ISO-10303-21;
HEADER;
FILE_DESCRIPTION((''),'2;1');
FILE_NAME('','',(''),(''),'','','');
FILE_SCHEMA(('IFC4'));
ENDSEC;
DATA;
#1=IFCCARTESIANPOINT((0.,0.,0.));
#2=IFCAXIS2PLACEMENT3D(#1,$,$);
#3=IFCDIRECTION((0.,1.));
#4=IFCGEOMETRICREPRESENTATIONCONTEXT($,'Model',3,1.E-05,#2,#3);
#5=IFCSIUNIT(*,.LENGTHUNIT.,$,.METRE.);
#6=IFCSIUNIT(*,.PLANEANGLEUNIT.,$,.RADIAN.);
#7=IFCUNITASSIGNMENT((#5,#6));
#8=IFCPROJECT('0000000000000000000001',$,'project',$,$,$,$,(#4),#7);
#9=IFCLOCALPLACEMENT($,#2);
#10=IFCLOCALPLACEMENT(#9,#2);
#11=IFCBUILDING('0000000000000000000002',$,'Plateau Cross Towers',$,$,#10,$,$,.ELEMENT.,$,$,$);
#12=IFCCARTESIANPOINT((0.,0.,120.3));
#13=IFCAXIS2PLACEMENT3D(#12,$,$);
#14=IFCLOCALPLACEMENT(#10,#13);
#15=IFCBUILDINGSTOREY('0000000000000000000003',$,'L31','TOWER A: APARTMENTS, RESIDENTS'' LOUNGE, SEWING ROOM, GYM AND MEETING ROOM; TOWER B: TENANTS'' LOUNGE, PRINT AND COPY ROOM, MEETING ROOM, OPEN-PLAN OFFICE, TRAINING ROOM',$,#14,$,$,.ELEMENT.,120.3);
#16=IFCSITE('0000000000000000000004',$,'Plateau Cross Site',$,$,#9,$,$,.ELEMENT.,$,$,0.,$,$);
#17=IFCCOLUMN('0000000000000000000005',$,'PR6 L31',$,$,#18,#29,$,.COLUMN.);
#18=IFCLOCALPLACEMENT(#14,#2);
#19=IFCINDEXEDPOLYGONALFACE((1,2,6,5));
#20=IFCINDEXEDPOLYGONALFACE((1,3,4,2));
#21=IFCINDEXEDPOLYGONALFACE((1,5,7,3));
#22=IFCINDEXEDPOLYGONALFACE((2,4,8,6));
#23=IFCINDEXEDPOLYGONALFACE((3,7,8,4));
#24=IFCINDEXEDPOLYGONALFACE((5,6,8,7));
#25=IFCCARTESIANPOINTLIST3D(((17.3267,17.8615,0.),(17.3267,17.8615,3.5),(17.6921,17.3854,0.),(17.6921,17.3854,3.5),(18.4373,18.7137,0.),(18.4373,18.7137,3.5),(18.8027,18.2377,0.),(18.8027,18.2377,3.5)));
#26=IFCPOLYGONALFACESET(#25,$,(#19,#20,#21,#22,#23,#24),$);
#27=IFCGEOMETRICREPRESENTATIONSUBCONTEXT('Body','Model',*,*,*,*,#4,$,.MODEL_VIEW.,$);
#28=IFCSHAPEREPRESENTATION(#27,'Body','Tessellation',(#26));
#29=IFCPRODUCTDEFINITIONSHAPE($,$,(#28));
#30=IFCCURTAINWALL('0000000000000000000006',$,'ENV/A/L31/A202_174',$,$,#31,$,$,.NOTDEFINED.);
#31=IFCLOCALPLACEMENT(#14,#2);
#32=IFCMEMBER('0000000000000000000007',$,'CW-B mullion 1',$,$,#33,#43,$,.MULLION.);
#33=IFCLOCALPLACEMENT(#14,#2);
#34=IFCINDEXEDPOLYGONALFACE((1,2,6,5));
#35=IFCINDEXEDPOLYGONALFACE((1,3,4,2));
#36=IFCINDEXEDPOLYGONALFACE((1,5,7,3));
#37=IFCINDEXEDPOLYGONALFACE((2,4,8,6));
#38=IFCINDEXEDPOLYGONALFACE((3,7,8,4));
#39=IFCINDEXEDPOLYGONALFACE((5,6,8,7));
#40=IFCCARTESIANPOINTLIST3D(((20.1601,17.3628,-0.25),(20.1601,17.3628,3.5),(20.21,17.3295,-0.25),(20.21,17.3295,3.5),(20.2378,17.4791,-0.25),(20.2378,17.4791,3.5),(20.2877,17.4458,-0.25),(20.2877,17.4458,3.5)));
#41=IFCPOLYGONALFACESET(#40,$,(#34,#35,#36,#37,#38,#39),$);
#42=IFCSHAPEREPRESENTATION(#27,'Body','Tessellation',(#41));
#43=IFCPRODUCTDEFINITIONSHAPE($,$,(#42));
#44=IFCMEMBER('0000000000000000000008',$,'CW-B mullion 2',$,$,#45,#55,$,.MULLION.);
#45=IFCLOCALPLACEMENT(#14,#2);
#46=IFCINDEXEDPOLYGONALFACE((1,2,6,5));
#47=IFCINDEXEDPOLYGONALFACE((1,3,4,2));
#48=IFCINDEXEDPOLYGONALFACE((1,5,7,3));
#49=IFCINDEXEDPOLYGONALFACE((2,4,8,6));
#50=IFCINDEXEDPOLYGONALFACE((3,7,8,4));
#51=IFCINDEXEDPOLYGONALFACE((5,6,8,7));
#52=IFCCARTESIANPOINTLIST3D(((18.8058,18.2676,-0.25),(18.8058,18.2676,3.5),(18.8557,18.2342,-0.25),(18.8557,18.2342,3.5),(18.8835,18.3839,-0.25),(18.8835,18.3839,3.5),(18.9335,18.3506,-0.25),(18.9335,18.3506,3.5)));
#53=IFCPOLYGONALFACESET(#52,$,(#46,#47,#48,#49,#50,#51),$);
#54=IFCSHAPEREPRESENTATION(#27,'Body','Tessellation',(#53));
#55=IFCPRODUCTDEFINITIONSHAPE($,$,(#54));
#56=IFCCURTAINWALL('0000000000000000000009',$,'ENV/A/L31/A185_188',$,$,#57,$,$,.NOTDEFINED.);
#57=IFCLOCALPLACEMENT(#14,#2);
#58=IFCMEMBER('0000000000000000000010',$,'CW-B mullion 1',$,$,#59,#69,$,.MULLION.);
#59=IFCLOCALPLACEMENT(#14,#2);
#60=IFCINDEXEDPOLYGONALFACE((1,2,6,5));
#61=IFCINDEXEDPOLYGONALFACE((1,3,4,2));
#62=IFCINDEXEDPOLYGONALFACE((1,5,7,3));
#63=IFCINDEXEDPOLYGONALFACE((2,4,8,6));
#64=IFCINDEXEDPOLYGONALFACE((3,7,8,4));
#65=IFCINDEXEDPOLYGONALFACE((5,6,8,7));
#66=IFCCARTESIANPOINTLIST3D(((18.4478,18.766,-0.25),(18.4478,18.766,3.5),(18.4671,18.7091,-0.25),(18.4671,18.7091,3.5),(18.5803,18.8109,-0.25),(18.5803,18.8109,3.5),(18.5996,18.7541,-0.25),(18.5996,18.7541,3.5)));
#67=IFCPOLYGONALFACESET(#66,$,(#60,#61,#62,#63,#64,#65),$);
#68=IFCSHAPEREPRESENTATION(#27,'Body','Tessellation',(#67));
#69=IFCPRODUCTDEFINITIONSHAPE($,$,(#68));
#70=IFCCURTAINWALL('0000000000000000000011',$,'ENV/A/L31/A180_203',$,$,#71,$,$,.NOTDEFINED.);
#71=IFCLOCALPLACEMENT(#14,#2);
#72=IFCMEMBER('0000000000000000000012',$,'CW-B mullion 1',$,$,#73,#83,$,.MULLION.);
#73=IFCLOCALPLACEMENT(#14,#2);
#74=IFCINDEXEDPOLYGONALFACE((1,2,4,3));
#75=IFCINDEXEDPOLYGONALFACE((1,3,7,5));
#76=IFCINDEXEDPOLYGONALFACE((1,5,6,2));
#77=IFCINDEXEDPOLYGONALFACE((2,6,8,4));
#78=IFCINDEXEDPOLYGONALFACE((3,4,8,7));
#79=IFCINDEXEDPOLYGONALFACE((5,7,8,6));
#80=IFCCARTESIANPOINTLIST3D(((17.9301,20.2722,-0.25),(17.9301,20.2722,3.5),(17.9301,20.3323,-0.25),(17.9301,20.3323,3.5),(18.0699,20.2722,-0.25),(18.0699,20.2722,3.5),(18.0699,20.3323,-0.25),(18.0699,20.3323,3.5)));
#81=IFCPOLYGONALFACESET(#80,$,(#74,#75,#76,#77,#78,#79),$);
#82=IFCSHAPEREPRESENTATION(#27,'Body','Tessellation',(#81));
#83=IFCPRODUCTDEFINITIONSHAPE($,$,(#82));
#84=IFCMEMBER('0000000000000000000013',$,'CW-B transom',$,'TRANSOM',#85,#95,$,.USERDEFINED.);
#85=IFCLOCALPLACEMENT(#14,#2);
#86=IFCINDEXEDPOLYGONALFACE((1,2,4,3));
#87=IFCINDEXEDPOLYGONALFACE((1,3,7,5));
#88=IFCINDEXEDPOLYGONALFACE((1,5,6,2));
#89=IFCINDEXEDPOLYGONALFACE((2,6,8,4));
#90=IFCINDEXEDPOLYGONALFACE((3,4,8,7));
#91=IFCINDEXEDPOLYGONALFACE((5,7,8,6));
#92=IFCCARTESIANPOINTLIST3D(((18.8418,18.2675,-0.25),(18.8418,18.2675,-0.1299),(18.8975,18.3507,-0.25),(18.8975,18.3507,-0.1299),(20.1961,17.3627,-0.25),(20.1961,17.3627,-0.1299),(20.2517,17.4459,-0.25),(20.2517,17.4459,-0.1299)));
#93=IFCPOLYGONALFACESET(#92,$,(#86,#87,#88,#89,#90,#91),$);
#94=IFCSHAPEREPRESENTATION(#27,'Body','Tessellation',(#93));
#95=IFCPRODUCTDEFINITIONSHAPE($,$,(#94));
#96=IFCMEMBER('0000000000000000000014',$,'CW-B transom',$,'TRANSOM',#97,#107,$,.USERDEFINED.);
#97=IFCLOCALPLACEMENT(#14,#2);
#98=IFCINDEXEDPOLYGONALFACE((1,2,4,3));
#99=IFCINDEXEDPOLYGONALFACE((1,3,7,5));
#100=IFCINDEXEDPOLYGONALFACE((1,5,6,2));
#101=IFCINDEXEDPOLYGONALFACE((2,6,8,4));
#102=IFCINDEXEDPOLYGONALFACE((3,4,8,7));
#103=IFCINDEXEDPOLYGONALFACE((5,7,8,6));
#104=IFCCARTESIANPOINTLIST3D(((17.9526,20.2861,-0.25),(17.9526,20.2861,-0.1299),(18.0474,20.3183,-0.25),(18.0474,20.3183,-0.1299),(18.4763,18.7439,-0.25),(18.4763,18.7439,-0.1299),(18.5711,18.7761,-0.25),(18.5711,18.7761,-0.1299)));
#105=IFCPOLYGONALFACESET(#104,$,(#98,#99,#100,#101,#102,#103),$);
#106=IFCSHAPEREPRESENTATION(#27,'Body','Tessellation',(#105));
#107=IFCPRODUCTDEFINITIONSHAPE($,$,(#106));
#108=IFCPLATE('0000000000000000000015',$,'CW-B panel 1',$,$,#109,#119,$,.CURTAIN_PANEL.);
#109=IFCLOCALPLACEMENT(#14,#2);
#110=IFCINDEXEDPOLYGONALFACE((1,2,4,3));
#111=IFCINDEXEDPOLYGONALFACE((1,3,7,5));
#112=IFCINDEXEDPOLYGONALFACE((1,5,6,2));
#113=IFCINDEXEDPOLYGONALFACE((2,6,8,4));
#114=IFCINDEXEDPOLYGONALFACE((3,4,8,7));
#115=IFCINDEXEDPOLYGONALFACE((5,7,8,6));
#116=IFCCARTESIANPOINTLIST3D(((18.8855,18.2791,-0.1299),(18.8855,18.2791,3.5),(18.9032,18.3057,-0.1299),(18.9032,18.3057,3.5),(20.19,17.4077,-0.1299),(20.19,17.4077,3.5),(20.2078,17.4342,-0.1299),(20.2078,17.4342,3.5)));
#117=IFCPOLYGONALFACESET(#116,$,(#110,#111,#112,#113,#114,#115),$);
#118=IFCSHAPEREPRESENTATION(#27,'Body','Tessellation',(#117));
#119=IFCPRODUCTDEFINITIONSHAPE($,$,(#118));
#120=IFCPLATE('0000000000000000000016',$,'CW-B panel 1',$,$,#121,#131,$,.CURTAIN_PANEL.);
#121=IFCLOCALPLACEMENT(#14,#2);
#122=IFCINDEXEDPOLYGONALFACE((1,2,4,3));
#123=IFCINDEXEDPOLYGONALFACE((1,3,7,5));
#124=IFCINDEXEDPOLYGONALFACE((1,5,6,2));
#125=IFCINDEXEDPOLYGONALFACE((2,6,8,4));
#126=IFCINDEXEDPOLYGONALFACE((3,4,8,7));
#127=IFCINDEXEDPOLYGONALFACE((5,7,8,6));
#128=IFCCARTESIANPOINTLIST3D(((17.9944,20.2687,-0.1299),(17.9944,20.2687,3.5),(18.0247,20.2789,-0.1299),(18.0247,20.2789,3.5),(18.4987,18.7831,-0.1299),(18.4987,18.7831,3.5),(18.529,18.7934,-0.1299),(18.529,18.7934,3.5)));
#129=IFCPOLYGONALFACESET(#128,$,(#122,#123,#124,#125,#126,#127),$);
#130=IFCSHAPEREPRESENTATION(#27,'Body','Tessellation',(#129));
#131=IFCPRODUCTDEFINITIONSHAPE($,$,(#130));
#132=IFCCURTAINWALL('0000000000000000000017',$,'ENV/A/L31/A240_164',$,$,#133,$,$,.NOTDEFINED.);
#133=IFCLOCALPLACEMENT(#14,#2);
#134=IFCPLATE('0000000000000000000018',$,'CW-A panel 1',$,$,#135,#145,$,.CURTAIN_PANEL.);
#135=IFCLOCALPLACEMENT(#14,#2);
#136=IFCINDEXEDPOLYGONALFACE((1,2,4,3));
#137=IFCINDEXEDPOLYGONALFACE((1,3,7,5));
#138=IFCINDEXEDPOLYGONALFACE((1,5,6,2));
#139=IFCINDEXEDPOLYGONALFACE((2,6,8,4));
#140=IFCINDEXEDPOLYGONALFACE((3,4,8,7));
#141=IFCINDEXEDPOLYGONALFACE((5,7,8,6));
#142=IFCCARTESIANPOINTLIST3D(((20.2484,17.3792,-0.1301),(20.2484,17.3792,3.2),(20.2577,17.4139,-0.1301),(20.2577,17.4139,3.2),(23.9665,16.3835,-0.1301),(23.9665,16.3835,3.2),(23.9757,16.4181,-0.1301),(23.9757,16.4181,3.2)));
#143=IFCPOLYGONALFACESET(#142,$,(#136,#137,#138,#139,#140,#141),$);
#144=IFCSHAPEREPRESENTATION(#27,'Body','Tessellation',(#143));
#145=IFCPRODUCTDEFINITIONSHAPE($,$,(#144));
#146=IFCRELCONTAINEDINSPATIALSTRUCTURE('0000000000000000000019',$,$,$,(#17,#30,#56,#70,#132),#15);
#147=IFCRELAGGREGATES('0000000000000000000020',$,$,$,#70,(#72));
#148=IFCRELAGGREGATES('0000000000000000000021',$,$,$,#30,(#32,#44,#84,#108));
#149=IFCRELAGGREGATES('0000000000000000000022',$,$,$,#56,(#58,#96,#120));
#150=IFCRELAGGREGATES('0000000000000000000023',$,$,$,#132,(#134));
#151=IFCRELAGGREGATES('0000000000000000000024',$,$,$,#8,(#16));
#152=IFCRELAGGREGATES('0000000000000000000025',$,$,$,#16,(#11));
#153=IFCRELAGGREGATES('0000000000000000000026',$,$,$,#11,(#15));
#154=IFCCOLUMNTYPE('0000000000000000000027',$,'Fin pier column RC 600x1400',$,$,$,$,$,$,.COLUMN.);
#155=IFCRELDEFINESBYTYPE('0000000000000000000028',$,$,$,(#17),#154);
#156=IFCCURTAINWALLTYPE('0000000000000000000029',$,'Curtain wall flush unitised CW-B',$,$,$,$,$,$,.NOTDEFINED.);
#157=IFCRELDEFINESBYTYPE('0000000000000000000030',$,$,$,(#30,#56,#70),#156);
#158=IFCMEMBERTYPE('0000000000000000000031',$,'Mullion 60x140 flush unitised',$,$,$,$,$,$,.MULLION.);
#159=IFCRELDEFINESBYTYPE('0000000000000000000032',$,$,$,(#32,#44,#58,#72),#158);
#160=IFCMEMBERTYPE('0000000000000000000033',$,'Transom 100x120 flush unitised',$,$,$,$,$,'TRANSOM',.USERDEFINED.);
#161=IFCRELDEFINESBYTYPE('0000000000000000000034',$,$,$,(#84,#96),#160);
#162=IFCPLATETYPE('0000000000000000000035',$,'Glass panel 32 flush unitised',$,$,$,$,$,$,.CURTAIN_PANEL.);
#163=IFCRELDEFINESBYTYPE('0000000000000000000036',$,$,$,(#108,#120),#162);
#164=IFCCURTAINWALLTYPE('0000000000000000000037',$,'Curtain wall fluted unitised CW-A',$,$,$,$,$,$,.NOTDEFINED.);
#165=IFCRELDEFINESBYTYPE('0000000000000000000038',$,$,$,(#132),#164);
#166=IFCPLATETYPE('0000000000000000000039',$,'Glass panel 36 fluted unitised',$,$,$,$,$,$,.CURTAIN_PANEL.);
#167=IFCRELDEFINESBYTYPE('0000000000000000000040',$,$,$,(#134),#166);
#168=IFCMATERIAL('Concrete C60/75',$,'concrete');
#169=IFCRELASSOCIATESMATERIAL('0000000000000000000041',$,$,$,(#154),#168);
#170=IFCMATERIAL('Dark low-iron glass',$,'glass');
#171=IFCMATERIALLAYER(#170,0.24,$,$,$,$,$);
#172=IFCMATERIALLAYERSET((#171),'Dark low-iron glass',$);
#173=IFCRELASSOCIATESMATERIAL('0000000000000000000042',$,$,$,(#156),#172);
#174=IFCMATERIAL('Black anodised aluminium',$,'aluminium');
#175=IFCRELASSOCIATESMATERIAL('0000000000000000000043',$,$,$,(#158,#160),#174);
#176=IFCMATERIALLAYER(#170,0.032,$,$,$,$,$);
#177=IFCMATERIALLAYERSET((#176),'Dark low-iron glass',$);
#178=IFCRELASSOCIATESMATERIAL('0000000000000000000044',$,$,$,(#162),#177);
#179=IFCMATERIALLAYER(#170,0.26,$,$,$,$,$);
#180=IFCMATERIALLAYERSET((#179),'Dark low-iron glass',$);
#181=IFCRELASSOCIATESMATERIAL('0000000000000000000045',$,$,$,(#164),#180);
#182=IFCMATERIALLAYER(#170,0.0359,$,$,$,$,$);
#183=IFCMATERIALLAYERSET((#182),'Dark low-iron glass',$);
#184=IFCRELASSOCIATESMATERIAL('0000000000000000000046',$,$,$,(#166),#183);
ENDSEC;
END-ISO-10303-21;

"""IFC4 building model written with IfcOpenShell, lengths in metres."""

from ifc_helpers import new_model, si_unit, direction, frame, origin, origin_2d, place, context, subcontext, project, spatial, rectangle, extrude, material, layer, layer_set, material_profile, profile_set, type_object, element, aggregate, save


model = new_model("IFC4")

# Units and contexts
model_context = context("Model", 3, precision=1e-05, world=origin(), true_north=direction((0.0, 1.0)))
body_context = subcontext(model_context, "Body", "Model", "MODEL_VIEW")
ifc_project = project(units=[si_unit("LENGTHUNIT", "METRE"), si_unit("PLANEANGLEUNIT", "RADIAN")], contexts=[model_context])

# Site, building, storey
site_placement = place(None, origin())
site = spatial("IfcSite", under=ifc_project, at=site_placement, Name="Plateau Cross Site", CompositionType="ELEMENT", RefElevation=0.0)
building_placement = place(site_placement, origin())
building = spatial("IfcBuilding", under=site, at=building_placement, Name="Plateau Cross Towers", CompositionType="ELEMENT")
storey_placement = place(building_placement, frame((0.0, 0.0, 120.3)))
storey = spatial("IfcBuildingStorey", under=building, at=storey_placement, Name="L31", Description="TOWER A: APARTMENTS, RESIDENTS' LOUNGE, SEWING ROOM, GYM AND MEETING ROOM; TOWER B: TENANTS' LOUNGE, PRINT AND COPY ROOM, MEETING ROOM, OPEN-PLAN OFFICE, TRAINING ROOM", CompositionType="ELEMENT", Elevation=120.3)

# Column
ifc_material_1 = material(Name="Concrete C60/75", Category="concrete")
ifc_material_profile_1 = material_profile(ifc_material_1, rectangle(XDim=0.6001, YDim=1.3999, at=origin_2d()), Name="RC 600x1400")
ifc_profile_set_1 = profile_set([ifc_material_profile_1], Name="Concrete C60/75")
column_type = type_object("IfcColumnType", Name="Fin pier column RC 600x1400", PredefinedType="COLUMN", material=ifc_profile_set_1)
column_placement = place(storey_placement, frame((18.0647, 18.0496, 0.0), z_axis=(0.0, 0.0, 1.0), x_axis=(-0.608811, 0.793315, 0.0)))
element("IfcColumn", 1, at=column_placement, inside=storey, type_object=column_type, Name="PR6 L31", PredefinedType="COLUMN", context=body_context, shape_type="SweptSolid", body=[
    extrude(rectangle(XDim=0.6001, YDim=1.3999, at=origin_2d()), origin(), (0.0, 0.0, 1.0), 3.5),
])

# Curtain wall, members
ifc_material_2 = material(Name="Dark low-iron glass", Category="glass")
ifc_layer_1 = layer(ifc_material_2, 0.24)
ifc_layer_set_1 = layer_set([ifc_layer_1], Name="Dark low-iron glass")
curtain_wall_type_1 = type_object("IfcCurtainWallType", Name="Curtain wall flush unitised CW-B", PredefinedType="NOTDEFINED", material=ifc_layer_set_1)
curtain_wall_1_placement = place(storey_placement, origin())
curtain_wall_1 = element("IfcCurtainWall", 2, at=curtain_wall_1_placement, inside=storey, type_object=curtain_wall_type_1, Name="ENV/A/L31/A202_174", PredefinedType="NOTDEFINED")
ifc_material_3 = material(Name="Black anodised aluminium", Category="aluminium")
ifc_material_profile_2 = material_profile(ifc_material_3, rectangle(XDim=0.0601, YDim=0.1399, at=origin_2d()), Name="MULLION 60x140")
ifc_profile_set_2 = profile_set([ifc_material_profile_2], Name="Black anodised aluminium")
member_type_1 = type_object("IfcMemberType", Name="Mullion 60x140 flush unitised", PredefinedType="MULLION", material=ifc_profile_set_2)
member_1_placement = place(storey_placement, frame((20.2239, 17.4043, -0.25), z_axis=(0.0, 0.0, 1.0), x_axis=(-0.831521, 0.555493, 0.0)))
member_1 = element("IfcMember", 3, at=member_1_placement, type_object=member_type_1, Name="CW-B mullion 1", PredefinedType="MULLION", context=body_context, shape_type="SweptSolid", body=[
    extrude(rectangle(XDim=0.0601, YDim=0.1399, at=origin_2d()), origin(), (0.0, 0.0, 1.0), 3.75),
])
member_2_placement = place(storey_placement, frame((18.8696, 18.3091, -0.25), z_axis=(0.0, 0.0, 1.0), x_axis=(-0.831521, 0.555493, 0.0)))
member_2 = element("IfcMember", 4, at=member_2_placement, type_object=member_type_1, Name="CW-B mullion 2", PredefinedType="MULLION", context=body_context, shape_type="SweptSolid", body=[
    extrude(rectangle(XDim=0.0601, YDim=0.1399, at=origin_2d()), origin(), (0.0, 0.0, 1.0), 3.75),
])

# Curtain walls, members
curtain_wall_2_placement = place(storey_placement, origin())
curtain_wall_2 = element("IfcCurtainWall", 5, at=curtain_wall_2_placement, inside=storey, type_object=curtain_wall_type_1, Name="ENV/A/L31/A185_188", PredefinedType="NOTDEFINED")
member_3_placement = place(storey_placement, frame((18.5237, 18.76, -0.25), z_axis=(0.0, 0.0, 1.0), x_axis=(-0.321469, 0.94692, 0.0)))
member_3 = element("IfcMember", 6, at=member_3_placement, type_object=member_type_1, Name="CW-B mullion 1", PredefinedType="MULLION", context=body_context, shape_type="SweptSolid", body=[
    extrude(rectangle(XDim=0.0601, YDim=0.1399, at=origin_2d()), origin(), (0.0, 0.0, 1.0), 3.75),
])
curtain_wall_3_placement = place(storey_placement, origin())
curtain_wall_3 = element("IfcCurtainWall", 7, at=curtain_wall_3_placement, inside=storey, type_object=curtain_wall_type_1, Name="ENV/A/L31/A180_203", PredefinedType="NOTDEFINED")
member_4_placement = place(storey_placement, frame((18.0, 20.3022, -0.25), z_axis=(0.0, 0.0, 1.0), x_axis=(0.0, 1.0, 0.0)))
member_4 = element("IfcMember", 8, at=member_4_placement, type_object=member_type_1, Name="CW-B mullion 1", PredefinedType="MULLION", context=body_context, shape_type="SweptSolid", body=[
    extrude(rectangle(XDim=0.0601, YDim=0.1399, at=origin_2d()), origin(), (0.0, 0.0, 1.0), 3.75),
])
aggregate(curtain_wall_3, [member_4])

# Members
ifc_material_profile_3 = material_profile(ifc_material_3, rectangle(XDim=0.1001, YDim=0.1201, at=origin_2d()), Name="TRANSOM 100x120")
ifc_profile_set_3 = profile_set([ifc_material_profile_3], Name="Black anodised aluminium")
member_type_2 = type_object("IfcMemberType", Name="Transom 100x120 flush unitised", ElementType="TRANSOM", PredefinedType="USERDEFINED", material=ifc_profile_set_3)
member_5_placement = place(storey_placement, frame((20.2239, 17.4043, -0.1899), z_axis=(-0.831496, 0.55553, 0.0), x_axis=(-0.55553, -0.831496, 0.0)))
member_5 = element("IfcMember", 9, at=member_5_placement, type_object=member_type_2, Name="CW-B transom", ObjectType="TRANSOM", PredefinedType="USERDEFINED", context=body_context, shape_type="SweptSolid", body=[
    extrude(rectangle(XDim=0.1001, YDim=0.1201, at=origin_2d()), origin(), (0.0, 0.0, 1.0), 1.6287),
])
member_6_placement = place(storey_placement, frame((18.5237, 18.76, -0.1899), z_axis=(-0.321529, 0.9469, 0.0), x_axis=(-0.9469, -0.321529, 0.0)))
member_6 = element("IfcMember", 10, at=member_6_placement, type_object=member_type_2, Name="CW-B transom", ObjectType="TRANSOM", PredefinedType="USERDEFINED", context=body_context, shape_type="SweptSolid", body=[
    extrude(rectangle(XDim=0.1001, YDim=0.1201, at=origin_2d()), origin(), (0.0, 0.0, 1.0), 1.6287),
])

# Plates
ifc_layer_2 = layer(ifc_material_2, 0.032)
ifc_layer_set_2 = layer_set([ifc_layer_2], Name="Dark low-iron glass")
plate_type_1 = type_object("IfcPlateType", Name="Glass panel 32 flush unitised", PredefinedType="CURTAIN_PANEL", material=ifc_layer_set_2)
plate_1_placement = place(storey_placement, frame((19.5466, 17.8567, -0.1299), z_axis=(0.0, 0.0, 1.0), x_axis=(-0.831521, 0.555493, 0.0)))
plate_1 = element("IfcPlate", 11, at=plate_1_placement, type_object=plate_type_1, Name="CW-B panel 1", PredefinedType="CURTAIN_PANEL", context=body_context, shape_type="SweptSolid", body=[
    extrude(rectangle(XDim=1.5688, YDim=0.032, at=origin_2d()), origin(), (0.0, 0.0, 1.0), 3.6299),
])
aggregate(curtain_wall_1, [member_1, member_2, member_5, plate_1])
plate_2_placement = place(storey_placement, frame((18.2617, 19.531, -0.1299), z_axis=(0.0, 0.0, 1.0), x_axis=(-0.321469, 0.94692, 0.0)))
plate_2 = element("IfcPlate", 12, at=plate_2_placement, type_object=plate_type_1, Name="CW-B panel 1", PredefinedType="CURTAIN_PANEL", context=body_context, shape_type="SweptSolid", body=[
    extrude(rectangle(XDim=1.5688, YDim=0.032, at=origin_2d()), origin(), (0.0, 0.0, 1.0), 3.6299),
])
aggregate(curtain_wall_2, [member_3, member_6, plate_2])

# Curtain wall, plate
ifc_layer_3 = layer(ifc_material_2, 0.26)
ifc_layer_set_3 = layer_set([ifc_layer_3], Name="Dark low-iron glass")
curtain_wall_type_2 = type_object("IfcCurtainWallType", Name="Curtain wall fluted unitised CW-A", PredefinedType="NOTDEFINED", material=ifc_layer_set_3)
curtain_wall_4_placement = place(storey_placement, origin())
curtain_wall_4 = element("IfcCurtainWall", 13, at=curtain_wall_4_placement, inside=storey, type_object=curtain_wall_type_2, Name="ENV/A/L31/A240_164", PredefinedType="NOTDEFINED")
ifc_layer_4 = layer(ifc_material_2, 0.0359)
ifc_layer_set_4 = layer_set([ifc_layer_4], Name="Dark low-iron glass")
plate_type_2 = type_object("IfcPlateType", Name="Glass panel 36 fluted unitised", PredefinedType="CURTAIN_PANEL", material=ifc_layer_set_4)
plate_3_placement = place(storey_placement, frame((22.1121, 16.8987, -0.1301), z_axis=(0.0, 0.0, 1.0), x_axis=(-0.965958, 0.258699, 0.0)))
plate_3 = element("IfcPlate", 14, at=plate_3_placement, type_object=plate_type_2, Name="CW-A panel 1", PredefinedType="CURTAIN_PANEL", context=body_context, shape_type="SweptSolid", body=[
    extrude(rectangle(XDim=3.8491, YDim=0.0359, at=origin_2d()), origin(), (0.0, 0.0, 1.0), 3.3301),
])
aggregate(curtain_wall_4, [plate_3])

save(model, "model.ifc")
